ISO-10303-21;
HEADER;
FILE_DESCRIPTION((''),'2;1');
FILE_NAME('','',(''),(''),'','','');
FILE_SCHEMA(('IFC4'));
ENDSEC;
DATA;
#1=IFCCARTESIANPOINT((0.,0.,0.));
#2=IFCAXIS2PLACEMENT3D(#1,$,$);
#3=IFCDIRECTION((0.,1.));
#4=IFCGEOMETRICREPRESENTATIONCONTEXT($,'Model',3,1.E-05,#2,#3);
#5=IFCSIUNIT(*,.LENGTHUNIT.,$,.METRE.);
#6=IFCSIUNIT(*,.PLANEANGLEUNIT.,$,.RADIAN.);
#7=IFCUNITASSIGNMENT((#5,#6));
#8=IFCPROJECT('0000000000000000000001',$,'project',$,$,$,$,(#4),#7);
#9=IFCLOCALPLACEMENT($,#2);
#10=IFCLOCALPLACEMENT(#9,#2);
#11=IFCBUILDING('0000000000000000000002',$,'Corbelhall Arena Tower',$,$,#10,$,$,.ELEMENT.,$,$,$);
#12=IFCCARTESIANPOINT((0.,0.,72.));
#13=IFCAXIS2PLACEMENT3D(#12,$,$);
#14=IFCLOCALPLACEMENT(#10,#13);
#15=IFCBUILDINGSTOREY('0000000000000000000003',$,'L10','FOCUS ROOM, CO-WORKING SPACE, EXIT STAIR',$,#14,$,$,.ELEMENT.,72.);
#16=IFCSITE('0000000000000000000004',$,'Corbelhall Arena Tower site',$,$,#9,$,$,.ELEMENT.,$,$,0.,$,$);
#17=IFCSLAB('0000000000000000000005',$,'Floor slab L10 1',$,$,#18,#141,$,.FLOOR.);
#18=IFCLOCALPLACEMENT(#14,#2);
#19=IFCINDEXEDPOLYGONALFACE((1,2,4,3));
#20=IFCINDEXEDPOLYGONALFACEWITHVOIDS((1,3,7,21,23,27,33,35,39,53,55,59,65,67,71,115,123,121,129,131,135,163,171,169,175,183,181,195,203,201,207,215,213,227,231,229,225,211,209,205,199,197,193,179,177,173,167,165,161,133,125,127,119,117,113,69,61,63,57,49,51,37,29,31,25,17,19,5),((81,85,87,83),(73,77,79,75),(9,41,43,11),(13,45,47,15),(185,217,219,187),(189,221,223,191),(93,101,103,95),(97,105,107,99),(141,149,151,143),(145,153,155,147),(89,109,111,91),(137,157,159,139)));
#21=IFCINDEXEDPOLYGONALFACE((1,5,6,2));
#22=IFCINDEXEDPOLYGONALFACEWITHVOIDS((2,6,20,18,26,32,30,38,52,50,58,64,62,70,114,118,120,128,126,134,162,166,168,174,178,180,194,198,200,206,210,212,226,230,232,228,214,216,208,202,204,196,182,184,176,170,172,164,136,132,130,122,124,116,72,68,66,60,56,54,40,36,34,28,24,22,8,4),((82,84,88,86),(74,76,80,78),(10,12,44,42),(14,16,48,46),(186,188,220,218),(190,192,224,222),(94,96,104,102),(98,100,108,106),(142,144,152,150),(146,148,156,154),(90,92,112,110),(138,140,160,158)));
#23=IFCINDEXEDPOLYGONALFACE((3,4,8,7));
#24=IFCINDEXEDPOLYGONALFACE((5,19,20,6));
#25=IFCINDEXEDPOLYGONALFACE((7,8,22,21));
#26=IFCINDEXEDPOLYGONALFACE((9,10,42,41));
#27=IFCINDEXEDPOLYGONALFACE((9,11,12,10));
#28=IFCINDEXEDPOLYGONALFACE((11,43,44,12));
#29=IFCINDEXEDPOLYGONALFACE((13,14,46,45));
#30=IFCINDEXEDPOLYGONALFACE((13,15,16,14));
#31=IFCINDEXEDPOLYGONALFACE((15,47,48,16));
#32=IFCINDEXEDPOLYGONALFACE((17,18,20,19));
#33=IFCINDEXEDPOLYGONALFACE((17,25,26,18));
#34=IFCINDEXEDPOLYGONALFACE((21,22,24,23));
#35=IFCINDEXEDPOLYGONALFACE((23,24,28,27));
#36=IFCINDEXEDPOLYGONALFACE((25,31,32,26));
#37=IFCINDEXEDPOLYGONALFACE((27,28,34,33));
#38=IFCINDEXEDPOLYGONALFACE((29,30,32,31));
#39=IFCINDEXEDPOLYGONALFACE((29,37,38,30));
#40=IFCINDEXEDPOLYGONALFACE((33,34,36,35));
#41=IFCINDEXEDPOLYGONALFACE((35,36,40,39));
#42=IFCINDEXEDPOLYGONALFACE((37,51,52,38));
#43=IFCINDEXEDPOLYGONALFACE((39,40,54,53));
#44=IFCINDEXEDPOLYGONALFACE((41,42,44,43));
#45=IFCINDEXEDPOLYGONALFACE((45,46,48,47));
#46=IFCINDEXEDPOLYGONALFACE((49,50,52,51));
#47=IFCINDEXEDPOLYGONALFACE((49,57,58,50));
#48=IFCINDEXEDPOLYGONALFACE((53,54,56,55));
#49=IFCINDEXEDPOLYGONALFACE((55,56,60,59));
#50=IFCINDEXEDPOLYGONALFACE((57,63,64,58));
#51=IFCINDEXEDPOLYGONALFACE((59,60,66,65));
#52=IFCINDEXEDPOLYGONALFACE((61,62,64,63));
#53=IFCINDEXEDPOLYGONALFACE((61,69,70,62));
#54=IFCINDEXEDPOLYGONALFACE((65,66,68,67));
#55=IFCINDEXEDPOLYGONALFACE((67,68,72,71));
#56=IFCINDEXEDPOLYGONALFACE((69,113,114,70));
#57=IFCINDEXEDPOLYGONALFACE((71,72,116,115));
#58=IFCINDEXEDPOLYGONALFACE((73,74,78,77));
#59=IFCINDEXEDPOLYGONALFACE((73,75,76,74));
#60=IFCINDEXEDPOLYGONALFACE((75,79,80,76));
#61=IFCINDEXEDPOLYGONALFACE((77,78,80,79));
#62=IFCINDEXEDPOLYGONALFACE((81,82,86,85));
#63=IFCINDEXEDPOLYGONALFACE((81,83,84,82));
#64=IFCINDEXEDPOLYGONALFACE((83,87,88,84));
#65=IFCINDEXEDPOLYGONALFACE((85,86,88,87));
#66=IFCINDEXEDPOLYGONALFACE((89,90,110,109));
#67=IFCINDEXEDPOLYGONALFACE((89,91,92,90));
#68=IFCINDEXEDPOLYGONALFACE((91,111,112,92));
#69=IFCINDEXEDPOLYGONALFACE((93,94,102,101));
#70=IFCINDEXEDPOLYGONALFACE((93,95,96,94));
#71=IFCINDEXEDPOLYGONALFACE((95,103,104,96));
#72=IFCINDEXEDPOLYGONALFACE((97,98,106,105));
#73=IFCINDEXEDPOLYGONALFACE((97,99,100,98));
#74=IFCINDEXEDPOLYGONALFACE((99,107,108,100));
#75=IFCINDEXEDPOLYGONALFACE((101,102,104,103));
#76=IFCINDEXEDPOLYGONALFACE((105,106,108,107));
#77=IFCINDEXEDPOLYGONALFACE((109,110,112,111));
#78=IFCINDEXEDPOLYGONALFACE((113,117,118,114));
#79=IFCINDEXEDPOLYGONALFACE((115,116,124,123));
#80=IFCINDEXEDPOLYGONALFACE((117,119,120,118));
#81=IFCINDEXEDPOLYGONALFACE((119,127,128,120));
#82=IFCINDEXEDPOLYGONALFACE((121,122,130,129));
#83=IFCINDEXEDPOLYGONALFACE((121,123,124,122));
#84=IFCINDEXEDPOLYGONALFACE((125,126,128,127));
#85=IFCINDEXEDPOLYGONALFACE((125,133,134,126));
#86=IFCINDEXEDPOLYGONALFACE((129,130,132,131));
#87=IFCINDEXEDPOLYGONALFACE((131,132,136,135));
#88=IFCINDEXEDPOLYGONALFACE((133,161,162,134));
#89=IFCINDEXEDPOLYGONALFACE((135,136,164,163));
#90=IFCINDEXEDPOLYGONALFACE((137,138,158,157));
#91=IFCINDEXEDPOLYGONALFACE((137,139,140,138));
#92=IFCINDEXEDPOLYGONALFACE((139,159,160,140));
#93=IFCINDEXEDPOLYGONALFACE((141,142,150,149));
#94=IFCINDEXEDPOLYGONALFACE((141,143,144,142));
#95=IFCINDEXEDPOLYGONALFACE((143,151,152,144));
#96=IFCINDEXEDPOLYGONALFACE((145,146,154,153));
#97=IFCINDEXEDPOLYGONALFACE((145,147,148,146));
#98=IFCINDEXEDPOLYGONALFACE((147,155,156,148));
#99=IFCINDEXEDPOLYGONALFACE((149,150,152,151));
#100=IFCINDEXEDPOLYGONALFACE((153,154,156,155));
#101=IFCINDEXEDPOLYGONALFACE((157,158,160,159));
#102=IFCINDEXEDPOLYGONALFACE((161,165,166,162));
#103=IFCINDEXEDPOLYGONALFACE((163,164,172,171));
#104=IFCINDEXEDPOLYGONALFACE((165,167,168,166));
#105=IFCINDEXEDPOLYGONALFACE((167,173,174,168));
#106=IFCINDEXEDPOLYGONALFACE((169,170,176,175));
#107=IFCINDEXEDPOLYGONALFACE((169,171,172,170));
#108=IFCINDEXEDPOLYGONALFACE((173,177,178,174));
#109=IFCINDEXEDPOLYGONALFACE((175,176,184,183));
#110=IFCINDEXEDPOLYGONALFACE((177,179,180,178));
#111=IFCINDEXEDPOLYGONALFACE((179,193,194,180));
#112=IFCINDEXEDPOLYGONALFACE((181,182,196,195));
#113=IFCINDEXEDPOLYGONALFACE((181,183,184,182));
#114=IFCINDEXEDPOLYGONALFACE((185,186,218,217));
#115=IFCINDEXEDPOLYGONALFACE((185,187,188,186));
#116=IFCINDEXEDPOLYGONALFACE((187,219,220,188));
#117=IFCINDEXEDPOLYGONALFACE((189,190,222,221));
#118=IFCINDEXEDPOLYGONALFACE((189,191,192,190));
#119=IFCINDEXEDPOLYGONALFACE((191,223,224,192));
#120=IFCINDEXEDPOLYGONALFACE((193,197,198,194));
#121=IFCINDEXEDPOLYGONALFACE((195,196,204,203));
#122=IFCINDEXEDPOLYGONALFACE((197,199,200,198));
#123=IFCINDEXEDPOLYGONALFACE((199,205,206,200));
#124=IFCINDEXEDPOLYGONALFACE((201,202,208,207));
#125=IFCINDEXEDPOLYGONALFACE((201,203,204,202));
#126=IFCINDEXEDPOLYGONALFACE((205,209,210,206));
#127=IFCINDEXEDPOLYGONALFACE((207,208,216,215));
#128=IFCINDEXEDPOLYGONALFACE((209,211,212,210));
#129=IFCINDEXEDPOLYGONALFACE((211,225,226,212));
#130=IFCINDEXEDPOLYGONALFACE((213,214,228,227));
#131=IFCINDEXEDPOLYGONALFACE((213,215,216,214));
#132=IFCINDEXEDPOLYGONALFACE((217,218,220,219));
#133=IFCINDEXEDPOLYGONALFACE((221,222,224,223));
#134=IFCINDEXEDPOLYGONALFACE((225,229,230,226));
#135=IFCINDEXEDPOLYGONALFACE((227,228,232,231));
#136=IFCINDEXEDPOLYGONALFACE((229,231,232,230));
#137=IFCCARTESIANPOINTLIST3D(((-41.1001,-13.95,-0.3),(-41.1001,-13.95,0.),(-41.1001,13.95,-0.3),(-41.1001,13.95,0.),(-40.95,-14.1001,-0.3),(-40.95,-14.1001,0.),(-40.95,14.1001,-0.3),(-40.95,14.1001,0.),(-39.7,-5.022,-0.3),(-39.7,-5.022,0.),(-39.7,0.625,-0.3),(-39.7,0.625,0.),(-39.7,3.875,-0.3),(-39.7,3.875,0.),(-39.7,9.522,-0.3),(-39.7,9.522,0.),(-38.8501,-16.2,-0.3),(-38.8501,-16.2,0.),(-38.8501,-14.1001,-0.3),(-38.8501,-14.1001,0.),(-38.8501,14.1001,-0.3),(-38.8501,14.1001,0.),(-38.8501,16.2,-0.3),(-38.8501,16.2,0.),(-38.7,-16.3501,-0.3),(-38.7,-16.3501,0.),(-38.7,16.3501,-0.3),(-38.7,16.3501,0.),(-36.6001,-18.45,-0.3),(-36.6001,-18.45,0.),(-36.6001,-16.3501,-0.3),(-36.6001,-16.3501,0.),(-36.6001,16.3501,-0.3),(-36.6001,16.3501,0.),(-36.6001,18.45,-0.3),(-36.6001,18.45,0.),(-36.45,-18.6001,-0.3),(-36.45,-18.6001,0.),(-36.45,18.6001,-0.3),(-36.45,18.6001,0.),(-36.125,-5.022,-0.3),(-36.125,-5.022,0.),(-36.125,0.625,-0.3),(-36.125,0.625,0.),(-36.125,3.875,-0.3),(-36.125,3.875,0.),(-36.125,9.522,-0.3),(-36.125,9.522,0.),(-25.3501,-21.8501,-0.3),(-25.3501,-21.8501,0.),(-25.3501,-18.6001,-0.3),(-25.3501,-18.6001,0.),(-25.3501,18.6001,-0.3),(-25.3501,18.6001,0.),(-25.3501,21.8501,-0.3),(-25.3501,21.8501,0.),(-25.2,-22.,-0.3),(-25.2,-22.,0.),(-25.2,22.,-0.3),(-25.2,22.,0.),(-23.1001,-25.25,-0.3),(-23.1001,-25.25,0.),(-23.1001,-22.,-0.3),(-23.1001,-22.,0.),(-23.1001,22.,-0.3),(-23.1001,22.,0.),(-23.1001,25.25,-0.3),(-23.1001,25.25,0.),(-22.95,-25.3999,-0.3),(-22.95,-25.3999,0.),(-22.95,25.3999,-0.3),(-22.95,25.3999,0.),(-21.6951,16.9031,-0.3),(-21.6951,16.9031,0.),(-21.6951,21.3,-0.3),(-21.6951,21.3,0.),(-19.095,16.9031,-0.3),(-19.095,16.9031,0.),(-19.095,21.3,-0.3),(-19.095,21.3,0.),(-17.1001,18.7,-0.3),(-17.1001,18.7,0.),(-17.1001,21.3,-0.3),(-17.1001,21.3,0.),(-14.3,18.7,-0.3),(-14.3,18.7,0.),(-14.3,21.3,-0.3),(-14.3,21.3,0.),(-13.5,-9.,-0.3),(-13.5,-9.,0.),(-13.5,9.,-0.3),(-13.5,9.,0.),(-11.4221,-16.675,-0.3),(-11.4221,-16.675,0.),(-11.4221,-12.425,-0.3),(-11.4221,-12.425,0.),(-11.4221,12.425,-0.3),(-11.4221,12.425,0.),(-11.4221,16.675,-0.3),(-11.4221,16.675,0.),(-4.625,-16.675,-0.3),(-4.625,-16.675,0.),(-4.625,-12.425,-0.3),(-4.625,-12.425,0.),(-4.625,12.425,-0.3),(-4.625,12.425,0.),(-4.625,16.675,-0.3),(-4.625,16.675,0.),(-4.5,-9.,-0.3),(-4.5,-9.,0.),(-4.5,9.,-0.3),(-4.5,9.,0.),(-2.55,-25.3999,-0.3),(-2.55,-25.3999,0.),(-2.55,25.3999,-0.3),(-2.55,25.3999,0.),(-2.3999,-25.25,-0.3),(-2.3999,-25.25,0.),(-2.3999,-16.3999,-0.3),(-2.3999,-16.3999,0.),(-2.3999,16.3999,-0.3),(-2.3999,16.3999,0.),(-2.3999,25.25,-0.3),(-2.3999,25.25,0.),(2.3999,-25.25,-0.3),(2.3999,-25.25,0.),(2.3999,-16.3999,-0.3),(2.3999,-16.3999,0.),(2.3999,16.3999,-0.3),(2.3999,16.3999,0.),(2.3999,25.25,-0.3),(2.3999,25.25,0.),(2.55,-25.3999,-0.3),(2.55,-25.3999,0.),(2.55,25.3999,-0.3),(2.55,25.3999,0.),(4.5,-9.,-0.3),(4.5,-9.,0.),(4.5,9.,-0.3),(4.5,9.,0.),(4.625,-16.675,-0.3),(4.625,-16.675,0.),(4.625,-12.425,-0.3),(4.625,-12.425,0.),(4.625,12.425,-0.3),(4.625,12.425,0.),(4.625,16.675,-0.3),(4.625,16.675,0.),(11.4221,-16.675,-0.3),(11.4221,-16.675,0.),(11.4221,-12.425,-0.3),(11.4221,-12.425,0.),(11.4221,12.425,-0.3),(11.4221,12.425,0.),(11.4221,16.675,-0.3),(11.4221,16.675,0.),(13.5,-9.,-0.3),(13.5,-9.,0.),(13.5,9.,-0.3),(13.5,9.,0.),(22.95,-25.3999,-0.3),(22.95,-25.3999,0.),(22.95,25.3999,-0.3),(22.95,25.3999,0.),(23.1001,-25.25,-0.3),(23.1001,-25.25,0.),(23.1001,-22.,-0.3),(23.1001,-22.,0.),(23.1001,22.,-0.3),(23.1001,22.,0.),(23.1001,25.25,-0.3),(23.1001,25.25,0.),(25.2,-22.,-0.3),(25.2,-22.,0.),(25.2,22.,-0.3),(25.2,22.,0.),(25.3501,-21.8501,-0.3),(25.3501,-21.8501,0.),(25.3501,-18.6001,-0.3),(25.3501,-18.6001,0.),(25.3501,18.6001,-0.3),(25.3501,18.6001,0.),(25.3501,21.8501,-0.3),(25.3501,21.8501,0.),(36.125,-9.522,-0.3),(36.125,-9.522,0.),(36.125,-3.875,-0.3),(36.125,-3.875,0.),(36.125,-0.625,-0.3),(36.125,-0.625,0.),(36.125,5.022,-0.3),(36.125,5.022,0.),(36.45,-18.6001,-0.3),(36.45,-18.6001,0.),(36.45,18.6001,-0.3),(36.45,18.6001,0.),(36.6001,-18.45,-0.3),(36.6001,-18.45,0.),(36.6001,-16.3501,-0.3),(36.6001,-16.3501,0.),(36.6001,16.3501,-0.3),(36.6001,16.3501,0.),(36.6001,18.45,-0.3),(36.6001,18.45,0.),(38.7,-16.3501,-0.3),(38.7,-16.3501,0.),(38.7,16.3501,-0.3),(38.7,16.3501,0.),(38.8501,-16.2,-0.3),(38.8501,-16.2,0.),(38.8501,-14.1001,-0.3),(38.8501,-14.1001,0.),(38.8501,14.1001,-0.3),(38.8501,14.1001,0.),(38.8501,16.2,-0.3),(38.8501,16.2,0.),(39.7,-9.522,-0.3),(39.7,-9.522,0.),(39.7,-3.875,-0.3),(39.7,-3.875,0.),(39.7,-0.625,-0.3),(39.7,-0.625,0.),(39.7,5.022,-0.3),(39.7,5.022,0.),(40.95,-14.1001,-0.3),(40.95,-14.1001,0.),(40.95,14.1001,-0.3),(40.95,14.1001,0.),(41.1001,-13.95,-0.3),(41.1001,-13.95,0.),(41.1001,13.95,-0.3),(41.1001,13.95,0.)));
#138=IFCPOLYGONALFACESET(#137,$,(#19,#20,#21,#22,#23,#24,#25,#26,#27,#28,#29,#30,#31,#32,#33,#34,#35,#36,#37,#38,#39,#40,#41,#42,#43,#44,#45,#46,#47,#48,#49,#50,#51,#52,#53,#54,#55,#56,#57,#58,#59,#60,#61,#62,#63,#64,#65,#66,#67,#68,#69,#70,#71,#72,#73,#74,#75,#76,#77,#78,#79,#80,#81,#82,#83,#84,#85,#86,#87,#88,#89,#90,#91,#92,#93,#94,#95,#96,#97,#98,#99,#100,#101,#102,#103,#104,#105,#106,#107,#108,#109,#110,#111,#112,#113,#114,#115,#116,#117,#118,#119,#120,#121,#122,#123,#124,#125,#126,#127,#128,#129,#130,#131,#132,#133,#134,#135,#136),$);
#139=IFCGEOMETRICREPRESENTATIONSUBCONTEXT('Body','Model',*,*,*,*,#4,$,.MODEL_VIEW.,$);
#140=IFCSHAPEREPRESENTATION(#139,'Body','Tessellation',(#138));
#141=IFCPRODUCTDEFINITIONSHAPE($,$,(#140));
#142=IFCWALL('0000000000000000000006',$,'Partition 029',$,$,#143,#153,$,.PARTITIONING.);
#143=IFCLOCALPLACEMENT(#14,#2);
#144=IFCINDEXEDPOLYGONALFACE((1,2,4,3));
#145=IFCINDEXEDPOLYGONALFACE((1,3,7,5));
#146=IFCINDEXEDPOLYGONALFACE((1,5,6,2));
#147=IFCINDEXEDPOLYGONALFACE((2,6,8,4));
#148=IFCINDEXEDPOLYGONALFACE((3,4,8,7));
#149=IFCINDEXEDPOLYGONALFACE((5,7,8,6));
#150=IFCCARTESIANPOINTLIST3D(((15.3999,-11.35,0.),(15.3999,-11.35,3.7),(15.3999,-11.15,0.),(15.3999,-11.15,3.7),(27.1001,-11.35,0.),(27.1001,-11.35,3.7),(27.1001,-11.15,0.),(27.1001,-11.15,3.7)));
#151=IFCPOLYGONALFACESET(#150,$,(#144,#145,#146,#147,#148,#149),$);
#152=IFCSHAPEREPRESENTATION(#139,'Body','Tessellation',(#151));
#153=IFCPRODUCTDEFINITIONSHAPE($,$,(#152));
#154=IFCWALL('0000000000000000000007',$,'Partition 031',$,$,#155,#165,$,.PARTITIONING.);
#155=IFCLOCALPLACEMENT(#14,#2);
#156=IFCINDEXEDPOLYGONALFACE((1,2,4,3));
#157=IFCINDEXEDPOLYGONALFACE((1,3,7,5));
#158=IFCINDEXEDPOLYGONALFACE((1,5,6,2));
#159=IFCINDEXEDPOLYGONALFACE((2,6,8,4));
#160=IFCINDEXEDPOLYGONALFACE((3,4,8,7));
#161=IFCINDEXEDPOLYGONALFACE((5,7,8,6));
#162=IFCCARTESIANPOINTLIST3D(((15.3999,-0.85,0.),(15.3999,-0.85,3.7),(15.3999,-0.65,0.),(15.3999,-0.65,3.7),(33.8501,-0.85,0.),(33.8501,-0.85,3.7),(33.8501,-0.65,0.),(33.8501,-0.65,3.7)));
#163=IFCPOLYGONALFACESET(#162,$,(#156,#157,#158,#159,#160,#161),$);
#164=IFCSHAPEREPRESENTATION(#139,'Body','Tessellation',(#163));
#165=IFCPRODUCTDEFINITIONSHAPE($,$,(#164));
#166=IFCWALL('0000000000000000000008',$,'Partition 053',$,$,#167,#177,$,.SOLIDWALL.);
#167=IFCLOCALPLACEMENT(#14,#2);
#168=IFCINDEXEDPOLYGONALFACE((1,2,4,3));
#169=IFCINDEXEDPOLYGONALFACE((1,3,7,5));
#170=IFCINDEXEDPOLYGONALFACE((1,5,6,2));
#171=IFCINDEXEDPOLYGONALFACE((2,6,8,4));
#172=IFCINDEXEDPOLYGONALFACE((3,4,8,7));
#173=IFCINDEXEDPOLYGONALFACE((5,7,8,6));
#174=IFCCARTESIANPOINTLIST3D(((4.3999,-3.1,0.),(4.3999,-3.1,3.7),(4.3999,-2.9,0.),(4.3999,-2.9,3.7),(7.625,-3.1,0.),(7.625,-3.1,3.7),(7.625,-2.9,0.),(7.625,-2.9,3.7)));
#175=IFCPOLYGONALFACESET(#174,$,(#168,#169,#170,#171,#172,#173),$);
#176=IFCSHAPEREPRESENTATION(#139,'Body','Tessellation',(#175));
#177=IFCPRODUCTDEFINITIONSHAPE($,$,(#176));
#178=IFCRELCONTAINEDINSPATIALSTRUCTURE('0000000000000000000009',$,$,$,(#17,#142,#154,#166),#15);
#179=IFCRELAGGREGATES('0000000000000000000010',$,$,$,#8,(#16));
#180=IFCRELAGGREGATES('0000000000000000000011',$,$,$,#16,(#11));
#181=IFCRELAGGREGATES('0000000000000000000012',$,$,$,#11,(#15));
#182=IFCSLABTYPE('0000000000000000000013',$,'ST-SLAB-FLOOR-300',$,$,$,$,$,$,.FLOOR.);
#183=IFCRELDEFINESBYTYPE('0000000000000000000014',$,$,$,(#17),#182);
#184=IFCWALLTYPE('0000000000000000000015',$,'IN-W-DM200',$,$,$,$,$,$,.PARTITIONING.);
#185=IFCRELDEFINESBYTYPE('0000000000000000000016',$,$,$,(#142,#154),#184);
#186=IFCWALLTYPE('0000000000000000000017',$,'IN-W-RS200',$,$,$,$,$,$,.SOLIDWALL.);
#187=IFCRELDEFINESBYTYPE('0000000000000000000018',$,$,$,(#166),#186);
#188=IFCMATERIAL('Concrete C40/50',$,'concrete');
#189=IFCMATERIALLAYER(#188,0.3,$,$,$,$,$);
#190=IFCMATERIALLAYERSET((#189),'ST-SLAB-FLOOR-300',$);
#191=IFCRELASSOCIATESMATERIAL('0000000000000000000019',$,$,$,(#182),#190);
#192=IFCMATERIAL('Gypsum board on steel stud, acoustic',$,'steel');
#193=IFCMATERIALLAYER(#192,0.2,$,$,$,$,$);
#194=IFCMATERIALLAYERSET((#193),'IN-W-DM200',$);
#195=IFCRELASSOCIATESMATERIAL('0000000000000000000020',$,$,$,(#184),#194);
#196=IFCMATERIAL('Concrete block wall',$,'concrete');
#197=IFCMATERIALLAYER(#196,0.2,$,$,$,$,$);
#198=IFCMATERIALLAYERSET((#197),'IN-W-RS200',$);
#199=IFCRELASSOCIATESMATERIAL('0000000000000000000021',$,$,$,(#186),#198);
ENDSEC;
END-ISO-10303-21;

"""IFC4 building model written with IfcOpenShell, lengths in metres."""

from ifc_helpers import new_model, si_unit, direction, frame, frame_2d, origin, place, context, subcontext, project, spatial, polyline, rectangle, outline, extrude, material, layer, layer_set, type_object, element, save


model = new_model("IFC4")

# Units and contexts
model_context = context("Model", 3, precision=1e-05, world=origin(), true_north=direction((0.0, 1.0)))
body_context = subcontext(model_context, "Body", "Model", "MODEL_VIEW")
ifc_project = project(units=[si_unit("LENGTHUNIT", "METRE"), si_unit("PLANEANGLEUNIT", "RADIAN")], contexts=[model_context])

# Site, building, storey
site_placement = place(None, origin())
site = spatial("IfcSite", under=ifc_project, at=site_placement, Name="Corbelhall Arena Tower site", CompositionType="ELEMENT", RefElevation=0.0)
building_placement = place(site_placement, origin())
building = spatial("IfcBuilding", under=site, at=building_placement, Name="Corbelhall Arena Tower", CompositionType="ELEMENT")
storey_placement = place(building_placement, frame((0.0, 0.0, 72.0)))
storey = spatial("IfcBuildingStorey", under=building, at=storey_placement, Name="L10", Description="FOCUS ROOM, CO-WORKING SPACE, EXIT STAIR", CompositionType="ELEMENT", Elevation=72.0)

# Shared definitions
ifc_material_1 = material(Name="Concrete C40/50", Category="concrete")

# Slab
ifc_layer_1 = layer(ifc_material_1, 0.3)
ifc_layer_set_1 = layer_set([ifc_layer_1], Name="ST-SLAB-FLOOR-300")
slab_type_1 = type_object("IfcSlabType", Name="ST-SLAB-FLOOR-300", PredefinedType="FLOOR", material=ifc_layer_set_1)
slab_1_placement = place(storey_placement, frame((0.0, 0.0, -0.3)))
element("IfcSlab", 1, at=slab_1_placement, inside=storey, type_object=slab_type_1, Name="Floor slab L10 1", PredefinedType="FLOOR", context=body_context, shape_type="SweptSolid", body=[
    extrude(outline(polyline([(25.3501, 18.6001), (25.3501, 21.8501), (25.2, 22.0), (23.1001, 22.0), (23.1001, 25.25), (22.95, 25.3999), (2.55, 25.3999), (2.3999, 25.25), (2.3999, 16.3999), (-2.3999, 16.3999), (-2.3999, 25.25), (-2.55, 25.3999), (-22.95, 25.3999), (-23.1001, 25.25), (-23.1001, 22.0), (-25.2, 22.0), (-25.3501, 21.8501), (-25.3501, 18.6001), (-36.45, 18.6001), (-36.6001, 18.45), (-36.6001, 16.3501), (-38.7, 16.3501), (-38.8501, 16.2), (-38.8501, 14.1001), (-40.95, 14.1001), (-41.1001, 13.95), (-41.1001, -13.95), (-40.95, -14.1001), (-38.8501, -14.1001), (-38.8501, -16.2), (-38.7, -16.3501), (-36.6001, -16.3501), (-36.6001, -18.45), (-36.45, -18.6001), (-25.3501, -18.6001), (-25.3501, -21.8501), (-25.2, -22.0), (-23.1001, -22.0), (-23.1001, -25.25), (-22.95, -25.3999), (-2.55, -25.3999), (-2.3999, -25.25), (-2.3999, -16.3999), (2.3999, -16.3999), (2.3999, -25.25), (2.55, -25.3999), (22.95, -25.3999), (23.1001, -25.25), (23.1001, -22.0), (25.2, -22.0), (25.3501, -21.8501), (25.3501, -18.6001), (36.45, -18.6001), (36.6001, -18.45), (36.6001, -16.3501), (38.7, -16.3501), (38.8501, -16.2), (38.8501, -14.1001), (40.95, -14.1001), (41.1001, -13.95), (41.1001, 13.95), (40.95, 14.1001), (38.8501, 14.1001), (38.8501, 16.2), (38.7, 16.3501), (36.6001, 16.3501), (36.6001, 18.45), (36.45, 18.6001), (25.3501, 18.6001)]), holes=[polyline([(-13.5, 9.0), (-13.5, -9.0), (-4.5, -9.0), (-4.5, 9.0), (-13.5, 9.0)]), polyline([(4.5, 9.0), (4.5, -9.0), (13.5, -9.0), (13.5, 9.0), (4.5, 9.0)]), polyline([(-4.625, 16.675), (-11.4221, 16.675), (-11.4221, 12.425), (-4.625, 12.425), (-4.625, 16.675)]), polyline([(-4.625, -16.675), (-4.625, -12.425), (-11.4221, -12.425), (-11.4221, -16.675), (-4.625, -16.675)]), polyline([(11.4221, 16.675), (4.625, 16.675), (4.625, 12.425), (11.4221, 12.425), (11.4221, 16.675)]), polyline([(11.4221, -16.675), (11.4221, -12.425), (4.625, -12.425), (4.625, -16.675), (11.4221, -16.675)]), polyline([(-36.125, 3.875), (-36.125, 9.522), (-39.7, 9.522), (-39.7, 3.875), (-36.125, 3.875)]), polyline([(-36.125, 0.625), (-39.7, 0.625), (-39.7, -5.022), (-36.125, -5.022), (-36.125, 0.625)]), polyline([(39.7, -9.522), (39.7, -3.875), (36.125, -3.875), (36.125, -9.522), (39.7, -9.522)]), polyline([(39.7, 5.022), (36.125, 5.022), (36.125, -0.625), (39.7, -0.625), (39.7, 5.022)]), polyline([(-21.6951, 21.3), (-21.6951, 16.9031), (-19.095, 16.9031), (-19.095, 21.3), (-21.6951, 21.3)]), polyline([(-14.3, 21.3), (-17.1001, 21.3), (-17.1001, 18.7), (-14.3, 18.7), (-14.3, 21.3)])]), origin(), (0.0, 0.0, 1.0), 0.3),
])

# Wall
ifc_material_2 = material(Name="Gypsum board on steel stud, acoustic", Category="steel")
ifc_layer_2 = layer(ifc_material_2, 0.2)
ifc_layer_set_2 = layer_set([ifc_layer_2], Name="IN-W-DM200")
wall_type_1 = type_object("IfcWallType", Name="IN-W-DM200", PredefinedType="PARTITIONING", material=ifc_layer_set_2)
wall_1_placement = place(storey_placement, frame((15.3999, -11.25, 0.0), z_axis=(0.0, 0.0, 1.0), x_axis=(1.0, 0.0, 0.0)))
element("IfcWall", 2, at=wall_1_placement, inside=storey, type_object=wall_type_1, Name="Partition 029", PredefinedType="PARTITIONING", context=body_context, shape_type="SweptSolid", body=[
    extrude(rectangle(XDim=11.7002, YDim=0.2, at=frame_2d((5.8501, 0.0))), origin(), (0.0, 0.0, 1.0), 3.7),
])

# Walls
wall_2_placement = place(storey_placement, frame((15.3999, -0.75, 0.0), z_axis=(0.0, 0.0, 1.0), x_axis=(1.0, 0.0, 0.0)))
element("IfcWall", 3, at=wall_2_placement, inside=storey, type_object=wall_type_1, Name="Partition 031", PredefinedType="PARTITIONING", context=body_context, shape_type="SweptSolid", body=[
    extrude(rectangle(XDim=18.4502, YDim=0.2, at=frame_2d((9.2251, 0.0))), origin(), (0.0, 0.0, 1.0), 3.7),
])
ifc_material_3 = material(Name="Concrete block wall", Category="concrete")
ifc_layer_3 = layer(ifc_material_3, 0.2)
ifc_layer_set_3 = layer_set([ifc_layer_3], Name="IN-W-RS200")
wall_type_2 = type_object("IfcWallType", Name="IN-W-RS200", PredefinedType="SOLIDWALL", material=ifc_layer_set_3)
wall_3_placement = place(storey_placement, frame((4.3999, -3.0, 0.0), z_axis=(0.0, 0.0, 1.0), x_axis=(1.0, 0.0, 0.0)))
element("IfcWall", 4, at=wall_3_placement, inside=storey, type_object=wall_type_2, Name="Partition 053", PredefinedType="SOLIDWALL", context=body_context, shape_type="SweptSolid", body=[
    extrude(rectangle(XDim=3.2251, YDim=0.2, at=frame_2d((1.6125, 0.0))), origin(), (0.0, 0.0, 1.0), 3.7),
])

save(model, "model.ifc")
